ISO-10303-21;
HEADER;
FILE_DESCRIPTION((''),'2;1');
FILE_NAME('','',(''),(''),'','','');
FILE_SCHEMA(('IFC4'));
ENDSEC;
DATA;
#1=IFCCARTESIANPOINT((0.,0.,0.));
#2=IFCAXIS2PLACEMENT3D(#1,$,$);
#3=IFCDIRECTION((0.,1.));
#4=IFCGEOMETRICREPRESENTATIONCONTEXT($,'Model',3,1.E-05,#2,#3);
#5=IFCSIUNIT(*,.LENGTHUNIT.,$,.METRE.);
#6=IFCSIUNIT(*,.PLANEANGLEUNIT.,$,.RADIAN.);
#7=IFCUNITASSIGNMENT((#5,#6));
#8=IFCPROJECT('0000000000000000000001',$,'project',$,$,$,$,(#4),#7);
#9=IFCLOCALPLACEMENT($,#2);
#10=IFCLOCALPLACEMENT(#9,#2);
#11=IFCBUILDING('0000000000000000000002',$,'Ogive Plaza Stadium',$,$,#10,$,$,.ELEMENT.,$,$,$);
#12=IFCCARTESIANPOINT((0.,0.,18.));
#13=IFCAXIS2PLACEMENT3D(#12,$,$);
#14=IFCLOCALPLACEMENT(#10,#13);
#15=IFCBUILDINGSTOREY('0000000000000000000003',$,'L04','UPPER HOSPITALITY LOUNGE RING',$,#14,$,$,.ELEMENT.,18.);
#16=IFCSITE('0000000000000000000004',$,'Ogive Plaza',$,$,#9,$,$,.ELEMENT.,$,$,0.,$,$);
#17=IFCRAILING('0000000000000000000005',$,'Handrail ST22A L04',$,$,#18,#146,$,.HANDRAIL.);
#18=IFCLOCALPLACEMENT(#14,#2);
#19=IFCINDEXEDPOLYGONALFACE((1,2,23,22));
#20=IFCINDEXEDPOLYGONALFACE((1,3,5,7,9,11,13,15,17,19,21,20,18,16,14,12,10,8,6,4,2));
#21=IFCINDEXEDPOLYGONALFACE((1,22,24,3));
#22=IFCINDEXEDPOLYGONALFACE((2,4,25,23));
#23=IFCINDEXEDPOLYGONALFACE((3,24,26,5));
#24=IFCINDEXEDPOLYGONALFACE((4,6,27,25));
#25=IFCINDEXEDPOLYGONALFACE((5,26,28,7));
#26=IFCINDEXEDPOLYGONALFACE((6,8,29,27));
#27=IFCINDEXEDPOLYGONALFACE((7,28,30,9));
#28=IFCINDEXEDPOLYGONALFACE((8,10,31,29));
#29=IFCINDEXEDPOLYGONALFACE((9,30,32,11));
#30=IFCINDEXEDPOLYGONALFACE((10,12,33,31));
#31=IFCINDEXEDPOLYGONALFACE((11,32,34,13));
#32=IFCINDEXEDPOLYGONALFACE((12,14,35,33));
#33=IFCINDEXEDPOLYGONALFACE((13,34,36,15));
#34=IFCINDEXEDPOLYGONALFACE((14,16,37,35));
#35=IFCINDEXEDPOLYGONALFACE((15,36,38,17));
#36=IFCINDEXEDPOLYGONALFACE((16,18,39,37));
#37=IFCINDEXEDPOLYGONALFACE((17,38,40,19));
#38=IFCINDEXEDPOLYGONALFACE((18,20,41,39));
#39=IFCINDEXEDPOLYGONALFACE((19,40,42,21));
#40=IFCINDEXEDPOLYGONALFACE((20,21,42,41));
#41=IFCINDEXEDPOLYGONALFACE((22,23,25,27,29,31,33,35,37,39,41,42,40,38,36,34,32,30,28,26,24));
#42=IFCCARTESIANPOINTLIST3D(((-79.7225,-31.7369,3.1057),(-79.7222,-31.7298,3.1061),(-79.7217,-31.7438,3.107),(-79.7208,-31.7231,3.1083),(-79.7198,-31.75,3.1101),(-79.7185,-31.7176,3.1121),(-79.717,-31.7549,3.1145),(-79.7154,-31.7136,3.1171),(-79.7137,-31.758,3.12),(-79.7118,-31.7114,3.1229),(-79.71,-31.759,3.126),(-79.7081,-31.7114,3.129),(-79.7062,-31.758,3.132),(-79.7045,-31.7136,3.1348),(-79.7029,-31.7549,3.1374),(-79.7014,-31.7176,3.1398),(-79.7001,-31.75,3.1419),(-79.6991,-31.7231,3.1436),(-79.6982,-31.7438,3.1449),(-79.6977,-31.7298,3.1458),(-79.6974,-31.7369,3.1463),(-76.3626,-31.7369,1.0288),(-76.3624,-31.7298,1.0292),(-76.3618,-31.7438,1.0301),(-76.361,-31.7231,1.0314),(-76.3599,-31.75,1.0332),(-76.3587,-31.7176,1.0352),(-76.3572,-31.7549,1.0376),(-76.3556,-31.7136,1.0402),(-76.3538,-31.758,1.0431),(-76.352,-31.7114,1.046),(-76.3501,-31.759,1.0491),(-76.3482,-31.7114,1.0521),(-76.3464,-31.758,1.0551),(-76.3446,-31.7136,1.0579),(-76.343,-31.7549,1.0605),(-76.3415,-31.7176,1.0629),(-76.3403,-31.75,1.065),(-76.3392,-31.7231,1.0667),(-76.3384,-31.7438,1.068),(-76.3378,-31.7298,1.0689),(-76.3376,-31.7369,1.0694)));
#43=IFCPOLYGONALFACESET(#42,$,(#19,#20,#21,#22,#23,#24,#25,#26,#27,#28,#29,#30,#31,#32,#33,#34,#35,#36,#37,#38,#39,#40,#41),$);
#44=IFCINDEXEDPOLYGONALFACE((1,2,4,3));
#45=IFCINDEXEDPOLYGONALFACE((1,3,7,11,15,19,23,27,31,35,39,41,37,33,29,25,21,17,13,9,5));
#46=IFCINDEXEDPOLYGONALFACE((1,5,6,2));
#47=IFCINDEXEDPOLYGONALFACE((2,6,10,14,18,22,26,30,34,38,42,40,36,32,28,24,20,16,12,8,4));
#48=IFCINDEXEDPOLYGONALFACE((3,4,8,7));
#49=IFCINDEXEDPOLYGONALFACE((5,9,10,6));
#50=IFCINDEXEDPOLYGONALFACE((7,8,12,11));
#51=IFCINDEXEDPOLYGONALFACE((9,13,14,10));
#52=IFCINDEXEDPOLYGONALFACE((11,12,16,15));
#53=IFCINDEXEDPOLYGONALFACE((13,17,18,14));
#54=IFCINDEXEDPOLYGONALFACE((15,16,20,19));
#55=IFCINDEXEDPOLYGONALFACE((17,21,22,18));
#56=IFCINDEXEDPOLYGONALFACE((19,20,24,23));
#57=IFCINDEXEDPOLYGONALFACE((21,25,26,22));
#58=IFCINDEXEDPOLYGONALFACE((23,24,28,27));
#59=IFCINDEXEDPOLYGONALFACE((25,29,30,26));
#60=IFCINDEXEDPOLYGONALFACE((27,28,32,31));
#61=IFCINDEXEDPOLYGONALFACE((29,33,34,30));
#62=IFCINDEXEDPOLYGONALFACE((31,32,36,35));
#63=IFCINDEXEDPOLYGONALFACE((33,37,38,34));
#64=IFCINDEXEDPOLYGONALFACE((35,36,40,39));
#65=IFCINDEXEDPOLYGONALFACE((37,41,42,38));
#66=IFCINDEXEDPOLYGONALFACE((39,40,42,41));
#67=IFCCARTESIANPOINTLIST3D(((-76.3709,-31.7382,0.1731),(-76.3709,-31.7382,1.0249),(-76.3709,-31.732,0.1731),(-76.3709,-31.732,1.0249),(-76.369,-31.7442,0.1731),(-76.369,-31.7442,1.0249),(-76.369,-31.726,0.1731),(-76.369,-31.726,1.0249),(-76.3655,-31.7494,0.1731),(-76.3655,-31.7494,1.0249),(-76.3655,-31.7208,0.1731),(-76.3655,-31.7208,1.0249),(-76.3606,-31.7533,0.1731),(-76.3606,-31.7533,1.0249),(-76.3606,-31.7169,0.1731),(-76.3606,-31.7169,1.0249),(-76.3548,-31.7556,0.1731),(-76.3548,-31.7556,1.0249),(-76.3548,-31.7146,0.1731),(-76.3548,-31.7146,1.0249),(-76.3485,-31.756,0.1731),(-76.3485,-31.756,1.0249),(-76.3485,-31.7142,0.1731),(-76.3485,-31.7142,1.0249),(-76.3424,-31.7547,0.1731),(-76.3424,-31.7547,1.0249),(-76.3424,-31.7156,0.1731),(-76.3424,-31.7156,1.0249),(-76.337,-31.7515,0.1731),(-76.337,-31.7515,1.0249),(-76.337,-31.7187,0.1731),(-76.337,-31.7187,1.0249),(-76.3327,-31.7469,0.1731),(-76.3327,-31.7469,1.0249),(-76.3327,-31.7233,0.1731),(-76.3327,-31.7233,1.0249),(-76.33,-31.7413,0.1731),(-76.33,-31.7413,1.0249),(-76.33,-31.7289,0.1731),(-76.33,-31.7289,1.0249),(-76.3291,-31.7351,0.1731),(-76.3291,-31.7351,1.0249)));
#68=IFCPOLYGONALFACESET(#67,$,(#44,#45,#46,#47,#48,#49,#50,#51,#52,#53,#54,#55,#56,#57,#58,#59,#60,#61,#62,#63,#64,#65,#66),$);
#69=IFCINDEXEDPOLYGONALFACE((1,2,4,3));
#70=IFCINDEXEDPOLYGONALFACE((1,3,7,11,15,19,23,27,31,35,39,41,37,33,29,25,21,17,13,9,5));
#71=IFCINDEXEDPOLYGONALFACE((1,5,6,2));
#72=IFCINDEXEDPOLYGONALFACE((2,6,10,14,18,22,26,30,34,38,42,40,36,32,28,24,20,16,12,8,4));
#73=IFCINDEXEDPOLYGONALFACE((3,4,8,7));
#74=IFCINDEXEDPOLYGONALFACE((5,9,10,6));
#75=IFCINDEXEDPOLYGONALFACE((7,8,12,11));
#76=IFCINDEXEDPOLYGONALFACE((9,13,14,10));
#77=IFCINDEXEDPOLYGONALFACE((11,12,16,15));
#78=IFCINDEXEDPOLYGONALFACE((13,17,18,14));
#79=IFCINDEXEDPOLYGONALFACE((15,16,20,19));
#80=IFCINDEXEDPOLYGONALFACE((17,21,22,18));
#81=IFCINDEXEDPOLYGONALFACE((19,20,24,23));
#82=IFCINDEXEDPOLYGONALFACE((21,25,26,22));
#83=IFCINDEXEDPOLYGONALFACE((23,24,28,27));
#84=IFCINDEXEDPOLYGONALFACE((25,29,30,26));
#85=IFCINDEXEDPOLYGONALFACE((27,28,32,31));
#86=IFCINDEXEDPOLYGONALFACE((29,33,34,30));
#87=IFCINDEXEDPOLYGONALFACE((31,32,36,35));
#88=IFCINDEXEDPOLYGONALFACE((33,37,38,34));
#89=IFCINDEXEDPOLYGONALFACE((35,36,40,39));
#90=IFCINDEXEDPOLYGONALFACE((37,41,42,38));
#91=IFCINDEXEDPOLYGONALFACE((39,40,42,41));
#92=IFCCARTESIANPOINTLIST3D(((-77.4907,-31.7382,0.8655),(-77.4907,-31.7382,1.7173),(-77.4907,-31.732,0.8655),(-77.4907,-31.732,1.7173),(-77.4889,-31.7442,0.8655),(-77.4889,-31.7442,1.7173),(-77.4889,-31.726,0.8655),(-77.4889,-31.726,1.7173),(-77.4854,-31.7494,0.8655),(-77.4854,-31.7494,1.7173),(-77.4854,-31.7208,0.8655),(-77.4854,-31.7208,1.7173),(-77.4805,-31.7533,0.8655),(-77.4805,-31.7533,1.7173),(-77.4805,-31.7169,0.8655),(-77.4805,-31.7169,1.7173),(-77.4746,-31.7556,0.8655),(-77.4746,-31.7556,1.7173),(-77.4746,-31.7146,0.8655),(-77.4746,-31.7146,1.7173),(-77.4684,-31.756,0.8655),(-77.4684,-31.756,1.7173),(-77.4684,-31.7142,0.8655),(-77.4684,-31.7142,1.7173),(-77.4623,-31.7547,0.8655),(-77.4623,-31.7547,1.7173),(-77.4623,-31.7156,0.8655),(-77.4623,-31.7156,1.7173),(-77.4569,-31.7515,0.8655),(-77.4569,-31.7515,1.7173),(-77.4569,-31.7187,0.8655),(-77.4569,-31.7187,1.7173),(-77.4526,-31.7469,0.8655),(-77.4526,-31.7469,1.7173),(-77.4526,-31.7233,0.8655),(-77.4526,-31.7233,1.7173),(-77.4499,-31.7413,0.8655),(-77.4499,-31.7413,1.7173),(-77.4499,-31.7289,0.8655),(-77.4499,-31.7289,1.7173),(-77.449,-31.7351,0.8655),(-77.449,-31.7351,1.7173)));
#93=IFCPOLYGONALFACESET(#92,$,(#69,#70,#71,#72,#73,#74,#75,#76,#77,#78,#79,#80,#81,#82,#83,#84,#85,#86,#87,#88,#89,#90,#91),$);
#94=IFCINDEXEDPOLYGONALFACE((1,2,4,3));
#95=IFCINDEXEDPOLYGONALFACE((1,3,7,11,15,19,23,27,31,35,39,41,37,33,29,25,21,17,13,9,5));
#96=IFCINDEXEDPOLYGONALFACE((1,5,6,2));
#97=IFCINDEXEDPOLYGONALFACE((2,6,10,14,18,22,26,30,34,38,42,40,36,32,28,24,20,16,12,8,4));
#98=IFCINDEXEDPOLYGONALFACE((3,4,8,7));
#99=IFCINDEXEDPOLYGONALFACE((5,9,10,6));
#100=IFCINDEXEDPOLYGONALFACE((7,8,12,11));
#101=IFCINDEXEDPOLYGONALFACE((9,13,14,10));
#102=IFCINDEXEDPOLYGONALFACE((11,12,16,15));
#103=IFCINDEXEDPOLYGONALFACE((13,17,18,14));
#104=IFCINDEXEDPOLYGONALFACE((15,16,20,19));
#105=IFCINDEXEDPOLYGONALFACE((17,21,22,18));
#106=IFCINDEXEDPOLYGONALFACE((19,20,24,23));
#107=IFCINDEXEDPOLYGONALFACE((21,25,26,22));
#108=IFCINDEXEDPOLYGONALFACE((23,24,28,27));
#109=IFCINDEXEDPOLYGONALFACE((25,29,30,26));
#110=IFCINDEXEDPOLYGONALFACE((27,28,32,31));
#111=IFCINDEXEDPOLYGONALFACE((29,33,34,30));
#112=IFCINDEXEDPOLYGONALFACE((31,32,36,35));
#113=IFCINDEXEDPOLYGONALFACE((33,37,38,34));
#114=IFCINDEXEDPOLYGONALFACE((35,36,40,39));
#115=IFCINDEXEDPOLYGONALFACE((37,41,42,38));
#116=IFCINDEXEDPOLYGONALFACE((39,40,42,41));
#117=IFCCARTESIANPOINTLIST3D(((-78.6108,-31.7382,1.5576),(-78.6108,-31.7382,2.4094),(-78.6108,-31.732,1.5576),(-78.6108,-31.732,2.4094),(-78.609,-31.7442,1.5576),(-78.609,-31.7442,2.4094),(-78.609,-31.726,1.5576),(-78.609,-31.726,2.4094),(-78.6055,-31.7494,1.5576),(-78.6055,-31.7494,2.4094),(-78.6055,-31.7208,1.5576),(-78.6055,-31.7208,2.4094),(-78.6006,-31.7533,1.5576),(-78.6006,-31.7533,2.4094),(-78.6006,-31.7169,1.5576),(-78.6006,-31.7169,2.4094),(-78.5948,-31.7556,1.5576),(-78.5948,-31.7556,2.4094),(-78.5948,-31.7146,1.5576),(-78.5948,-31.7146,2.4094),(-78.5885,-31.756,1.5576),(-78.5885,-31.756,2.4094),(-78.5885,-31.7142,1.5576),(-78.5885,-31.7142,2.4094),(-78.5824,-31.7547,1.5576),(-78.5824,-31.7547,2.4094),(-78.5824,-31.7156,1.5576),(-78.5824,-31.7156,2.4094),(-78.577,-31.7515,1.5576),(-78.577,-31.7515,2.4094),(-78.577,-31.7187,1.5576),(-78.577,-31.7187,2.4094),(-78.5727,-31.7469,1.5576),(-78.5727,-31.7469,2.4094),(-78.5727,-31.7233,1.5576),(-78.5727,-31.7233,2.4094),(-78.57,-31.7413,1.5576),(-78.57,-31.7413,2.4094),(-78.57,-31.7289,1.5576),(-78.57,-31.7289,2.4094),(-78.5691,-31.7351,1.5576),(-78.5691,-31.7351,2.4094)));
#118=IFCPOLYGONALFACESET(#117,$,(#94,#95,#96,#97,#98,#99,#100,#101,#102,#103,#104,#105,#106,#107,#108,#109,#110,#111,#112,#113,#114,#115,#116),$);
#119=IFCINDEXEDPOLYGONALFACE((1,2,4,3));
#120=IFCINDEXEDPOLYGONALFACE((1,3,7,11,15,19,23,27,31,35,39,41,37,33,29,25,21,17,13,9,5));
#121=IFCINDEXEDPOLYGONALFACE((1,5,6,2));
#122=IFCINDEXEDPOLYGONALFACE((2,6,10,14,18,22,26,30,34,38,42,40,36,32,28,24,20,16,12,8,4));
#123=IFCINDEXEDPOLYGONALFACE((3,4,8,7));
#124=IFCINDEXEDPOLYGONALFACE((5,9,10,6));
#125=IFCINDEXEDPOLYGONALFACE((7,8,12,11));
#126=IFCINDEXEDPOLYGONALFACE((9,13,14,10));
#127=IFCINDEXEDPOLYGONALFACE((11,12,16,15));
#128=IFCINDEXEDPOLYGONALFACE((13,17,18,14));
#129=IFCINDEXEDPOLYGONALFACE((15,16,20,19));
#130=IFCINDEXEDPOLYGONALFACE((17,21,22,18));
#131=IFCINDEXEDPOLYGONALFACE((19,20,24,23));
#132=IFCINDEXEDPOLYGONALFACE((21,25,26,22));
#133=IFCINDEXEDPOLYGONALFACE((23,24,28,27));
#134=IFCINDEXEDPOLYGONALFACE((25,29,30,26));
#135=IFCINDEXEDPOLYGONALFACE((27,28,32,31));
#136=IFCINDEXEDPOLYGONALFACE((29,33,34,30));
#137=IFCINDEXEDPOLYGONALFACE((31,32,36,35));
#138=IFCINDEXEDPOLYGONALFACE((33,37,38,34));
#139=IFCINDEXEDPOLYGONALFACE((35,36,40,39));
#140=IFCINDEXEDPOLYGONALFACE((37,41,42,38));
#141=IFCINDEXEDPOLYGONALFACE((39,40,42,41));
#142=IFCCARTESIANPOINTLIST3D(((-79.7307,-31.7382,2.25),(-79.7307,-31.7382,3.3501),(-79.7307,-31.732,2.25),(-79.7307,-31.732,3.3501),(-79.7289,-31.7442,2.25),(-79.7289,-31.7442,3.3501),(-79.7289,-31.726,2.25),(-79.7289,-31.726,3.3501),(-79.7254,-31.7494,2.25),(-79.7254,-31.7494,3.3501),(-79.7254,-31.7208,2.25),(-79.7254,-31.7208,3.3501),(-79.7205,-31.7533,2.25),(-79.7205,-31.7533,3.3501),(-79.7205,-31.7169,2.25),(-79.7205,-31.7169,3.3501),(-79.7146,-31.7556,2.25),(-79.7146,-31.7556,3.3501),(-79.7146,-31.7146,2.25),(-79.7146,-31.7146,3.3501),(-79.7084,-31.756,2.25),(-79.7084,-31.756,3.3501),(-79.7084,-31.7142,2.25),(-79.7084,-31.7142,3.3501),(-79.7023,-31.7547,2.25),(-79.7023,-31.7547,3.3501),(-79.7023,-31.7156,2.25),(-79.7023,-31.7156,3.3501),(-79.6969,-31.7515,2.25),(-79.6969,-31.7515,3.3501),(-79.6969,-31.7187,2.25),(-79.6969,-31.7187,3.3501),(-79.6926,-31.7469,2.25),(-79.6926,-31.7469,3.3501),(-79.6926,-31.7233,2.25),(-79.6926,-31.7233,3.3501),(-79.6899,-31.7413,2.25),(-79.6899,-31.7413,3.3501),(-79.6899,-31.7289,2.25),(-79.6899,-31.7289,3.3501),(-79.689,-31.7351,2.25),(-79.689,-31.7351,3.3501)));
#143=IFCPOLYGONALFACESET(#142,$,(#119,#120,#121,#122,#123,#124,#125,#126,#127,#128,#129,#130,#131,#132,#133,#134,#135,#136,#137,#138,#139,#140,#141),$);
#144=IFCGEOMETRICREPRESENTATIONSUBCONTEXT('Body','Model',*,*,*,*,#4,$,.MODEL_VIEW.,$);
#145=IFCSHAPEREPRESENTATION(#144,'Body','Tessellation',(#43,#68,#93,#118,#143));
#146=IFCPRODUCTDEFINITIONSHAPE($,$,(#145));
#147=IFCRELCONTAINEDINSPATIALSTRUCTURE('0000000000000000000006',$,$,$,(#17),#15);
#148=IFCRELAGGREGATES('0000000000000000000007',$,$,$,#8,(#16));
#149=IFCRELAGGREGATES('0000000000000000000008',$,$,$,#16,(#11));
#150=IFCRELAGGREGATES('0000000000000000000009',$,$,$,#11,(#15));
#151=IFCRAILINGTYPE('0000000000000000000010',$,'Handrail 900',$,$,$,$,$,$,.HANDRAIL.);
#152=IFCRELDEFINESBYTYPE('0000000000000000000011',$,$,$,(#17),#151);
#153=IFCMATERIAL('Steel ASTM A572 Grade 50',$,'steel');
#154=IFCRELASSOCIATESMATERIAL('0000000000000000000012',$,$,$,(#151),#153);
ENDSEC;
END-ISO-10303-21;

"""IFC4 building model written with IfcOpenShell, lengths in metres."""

from ifc_helpers import new_model, si_unit, direction, frame, origin, origin_2d, place, context, subcontext, project, spatial, circle, extrude, material, type_object, element, save


model = new_model("IFC4")

# Units and contexts
model_context = context("Model", 3, precision=1e-05, world=origin(), true_north=direction((0.0, 1.0)))
body_context = subcontext(model_context, "Body", "Model", "MODEL_VIEW")
ifc_project = project(units=[si_unit("LENGTHUNIT", "METRE"), si_unit("PLANEANGLEUNIT", "RADIAN")], contexts=[model_context])

# Site, building, storey
site_placement = place(None, origin())
site = spatial("IfcSite", under=ifc_project, at=site_placement, Name="Ogive Plaza", CompositionType="ELEMENT", RefElevation=0.0)
building_placement = place(site_placement, origin())
building = spatial("IfcBuilding", under=site, at=building_placement, Name="Ogive Plaza Stadium", CompositionType="ELEMENT")
storey_placement = place(building_placement, frame((0.0, 0.0, 18.0)))
storey = spatial("IfcBuildingStorey", under=building, at=storey_placement, Name="L04", Description="UPPER HOSPITALITY LOUNGE RING", CompositionType="ELEMENT", Elevation=18.0)

# Railing
ifc_material_1 = material(Name="Steel ASTM A572 Grade 50", Category="steel")
railing_type_1 = type_object("IfcRailingType", Name="Handrail 900", PredefinedType="HANDRAIL", material=ifc_material_1)
for number, where, name in (
    (1, (-76.3501, -31.7351, 0.1731), "Handrail ST22A L04"),
):
    element("IfcRailing", number, at=place(storey_placement, frame(where)), inside=storey, type_object=railing_type_1, Name=name, PredefinedType="HANDRAIL", context=body_context, shape_type="SweptSolid", body=[
        extrude(circle(Radius=0.0239, at=origin_2d()), frame((0.0, 0.0, 0.876), z_axis=(-0.850606, 0.0, 0.525803), x_axis=(0.0, -1.0, 0.0)), (0.0, 0.0, 1.0), 3.95),
        extrude(circle(Radius=0.021, at=origin_2d()), origin(), (0.0, 0.0, 1.0), 0.8518),
        extrude(circle(Radius=0.021, at=origin_2d()), frame((-1.1199, 0.0, 0.6924)), (0.0, 0.0, 1.0), 0.8518),
        extrude(circle(Radius=0.021, at=origin_2d()), frame((-2.24, 0.0, 1.3845)), (0.0, 0.0, 1.0), 0.8518),
        extrude(circle(Radius=0.021, at=origin_2d()), frame((-3.3599, 0.0, 2.0769)), (0.0, 0.0, 1.0), 1.1001),
    ])

save(model, "model.ifc")
